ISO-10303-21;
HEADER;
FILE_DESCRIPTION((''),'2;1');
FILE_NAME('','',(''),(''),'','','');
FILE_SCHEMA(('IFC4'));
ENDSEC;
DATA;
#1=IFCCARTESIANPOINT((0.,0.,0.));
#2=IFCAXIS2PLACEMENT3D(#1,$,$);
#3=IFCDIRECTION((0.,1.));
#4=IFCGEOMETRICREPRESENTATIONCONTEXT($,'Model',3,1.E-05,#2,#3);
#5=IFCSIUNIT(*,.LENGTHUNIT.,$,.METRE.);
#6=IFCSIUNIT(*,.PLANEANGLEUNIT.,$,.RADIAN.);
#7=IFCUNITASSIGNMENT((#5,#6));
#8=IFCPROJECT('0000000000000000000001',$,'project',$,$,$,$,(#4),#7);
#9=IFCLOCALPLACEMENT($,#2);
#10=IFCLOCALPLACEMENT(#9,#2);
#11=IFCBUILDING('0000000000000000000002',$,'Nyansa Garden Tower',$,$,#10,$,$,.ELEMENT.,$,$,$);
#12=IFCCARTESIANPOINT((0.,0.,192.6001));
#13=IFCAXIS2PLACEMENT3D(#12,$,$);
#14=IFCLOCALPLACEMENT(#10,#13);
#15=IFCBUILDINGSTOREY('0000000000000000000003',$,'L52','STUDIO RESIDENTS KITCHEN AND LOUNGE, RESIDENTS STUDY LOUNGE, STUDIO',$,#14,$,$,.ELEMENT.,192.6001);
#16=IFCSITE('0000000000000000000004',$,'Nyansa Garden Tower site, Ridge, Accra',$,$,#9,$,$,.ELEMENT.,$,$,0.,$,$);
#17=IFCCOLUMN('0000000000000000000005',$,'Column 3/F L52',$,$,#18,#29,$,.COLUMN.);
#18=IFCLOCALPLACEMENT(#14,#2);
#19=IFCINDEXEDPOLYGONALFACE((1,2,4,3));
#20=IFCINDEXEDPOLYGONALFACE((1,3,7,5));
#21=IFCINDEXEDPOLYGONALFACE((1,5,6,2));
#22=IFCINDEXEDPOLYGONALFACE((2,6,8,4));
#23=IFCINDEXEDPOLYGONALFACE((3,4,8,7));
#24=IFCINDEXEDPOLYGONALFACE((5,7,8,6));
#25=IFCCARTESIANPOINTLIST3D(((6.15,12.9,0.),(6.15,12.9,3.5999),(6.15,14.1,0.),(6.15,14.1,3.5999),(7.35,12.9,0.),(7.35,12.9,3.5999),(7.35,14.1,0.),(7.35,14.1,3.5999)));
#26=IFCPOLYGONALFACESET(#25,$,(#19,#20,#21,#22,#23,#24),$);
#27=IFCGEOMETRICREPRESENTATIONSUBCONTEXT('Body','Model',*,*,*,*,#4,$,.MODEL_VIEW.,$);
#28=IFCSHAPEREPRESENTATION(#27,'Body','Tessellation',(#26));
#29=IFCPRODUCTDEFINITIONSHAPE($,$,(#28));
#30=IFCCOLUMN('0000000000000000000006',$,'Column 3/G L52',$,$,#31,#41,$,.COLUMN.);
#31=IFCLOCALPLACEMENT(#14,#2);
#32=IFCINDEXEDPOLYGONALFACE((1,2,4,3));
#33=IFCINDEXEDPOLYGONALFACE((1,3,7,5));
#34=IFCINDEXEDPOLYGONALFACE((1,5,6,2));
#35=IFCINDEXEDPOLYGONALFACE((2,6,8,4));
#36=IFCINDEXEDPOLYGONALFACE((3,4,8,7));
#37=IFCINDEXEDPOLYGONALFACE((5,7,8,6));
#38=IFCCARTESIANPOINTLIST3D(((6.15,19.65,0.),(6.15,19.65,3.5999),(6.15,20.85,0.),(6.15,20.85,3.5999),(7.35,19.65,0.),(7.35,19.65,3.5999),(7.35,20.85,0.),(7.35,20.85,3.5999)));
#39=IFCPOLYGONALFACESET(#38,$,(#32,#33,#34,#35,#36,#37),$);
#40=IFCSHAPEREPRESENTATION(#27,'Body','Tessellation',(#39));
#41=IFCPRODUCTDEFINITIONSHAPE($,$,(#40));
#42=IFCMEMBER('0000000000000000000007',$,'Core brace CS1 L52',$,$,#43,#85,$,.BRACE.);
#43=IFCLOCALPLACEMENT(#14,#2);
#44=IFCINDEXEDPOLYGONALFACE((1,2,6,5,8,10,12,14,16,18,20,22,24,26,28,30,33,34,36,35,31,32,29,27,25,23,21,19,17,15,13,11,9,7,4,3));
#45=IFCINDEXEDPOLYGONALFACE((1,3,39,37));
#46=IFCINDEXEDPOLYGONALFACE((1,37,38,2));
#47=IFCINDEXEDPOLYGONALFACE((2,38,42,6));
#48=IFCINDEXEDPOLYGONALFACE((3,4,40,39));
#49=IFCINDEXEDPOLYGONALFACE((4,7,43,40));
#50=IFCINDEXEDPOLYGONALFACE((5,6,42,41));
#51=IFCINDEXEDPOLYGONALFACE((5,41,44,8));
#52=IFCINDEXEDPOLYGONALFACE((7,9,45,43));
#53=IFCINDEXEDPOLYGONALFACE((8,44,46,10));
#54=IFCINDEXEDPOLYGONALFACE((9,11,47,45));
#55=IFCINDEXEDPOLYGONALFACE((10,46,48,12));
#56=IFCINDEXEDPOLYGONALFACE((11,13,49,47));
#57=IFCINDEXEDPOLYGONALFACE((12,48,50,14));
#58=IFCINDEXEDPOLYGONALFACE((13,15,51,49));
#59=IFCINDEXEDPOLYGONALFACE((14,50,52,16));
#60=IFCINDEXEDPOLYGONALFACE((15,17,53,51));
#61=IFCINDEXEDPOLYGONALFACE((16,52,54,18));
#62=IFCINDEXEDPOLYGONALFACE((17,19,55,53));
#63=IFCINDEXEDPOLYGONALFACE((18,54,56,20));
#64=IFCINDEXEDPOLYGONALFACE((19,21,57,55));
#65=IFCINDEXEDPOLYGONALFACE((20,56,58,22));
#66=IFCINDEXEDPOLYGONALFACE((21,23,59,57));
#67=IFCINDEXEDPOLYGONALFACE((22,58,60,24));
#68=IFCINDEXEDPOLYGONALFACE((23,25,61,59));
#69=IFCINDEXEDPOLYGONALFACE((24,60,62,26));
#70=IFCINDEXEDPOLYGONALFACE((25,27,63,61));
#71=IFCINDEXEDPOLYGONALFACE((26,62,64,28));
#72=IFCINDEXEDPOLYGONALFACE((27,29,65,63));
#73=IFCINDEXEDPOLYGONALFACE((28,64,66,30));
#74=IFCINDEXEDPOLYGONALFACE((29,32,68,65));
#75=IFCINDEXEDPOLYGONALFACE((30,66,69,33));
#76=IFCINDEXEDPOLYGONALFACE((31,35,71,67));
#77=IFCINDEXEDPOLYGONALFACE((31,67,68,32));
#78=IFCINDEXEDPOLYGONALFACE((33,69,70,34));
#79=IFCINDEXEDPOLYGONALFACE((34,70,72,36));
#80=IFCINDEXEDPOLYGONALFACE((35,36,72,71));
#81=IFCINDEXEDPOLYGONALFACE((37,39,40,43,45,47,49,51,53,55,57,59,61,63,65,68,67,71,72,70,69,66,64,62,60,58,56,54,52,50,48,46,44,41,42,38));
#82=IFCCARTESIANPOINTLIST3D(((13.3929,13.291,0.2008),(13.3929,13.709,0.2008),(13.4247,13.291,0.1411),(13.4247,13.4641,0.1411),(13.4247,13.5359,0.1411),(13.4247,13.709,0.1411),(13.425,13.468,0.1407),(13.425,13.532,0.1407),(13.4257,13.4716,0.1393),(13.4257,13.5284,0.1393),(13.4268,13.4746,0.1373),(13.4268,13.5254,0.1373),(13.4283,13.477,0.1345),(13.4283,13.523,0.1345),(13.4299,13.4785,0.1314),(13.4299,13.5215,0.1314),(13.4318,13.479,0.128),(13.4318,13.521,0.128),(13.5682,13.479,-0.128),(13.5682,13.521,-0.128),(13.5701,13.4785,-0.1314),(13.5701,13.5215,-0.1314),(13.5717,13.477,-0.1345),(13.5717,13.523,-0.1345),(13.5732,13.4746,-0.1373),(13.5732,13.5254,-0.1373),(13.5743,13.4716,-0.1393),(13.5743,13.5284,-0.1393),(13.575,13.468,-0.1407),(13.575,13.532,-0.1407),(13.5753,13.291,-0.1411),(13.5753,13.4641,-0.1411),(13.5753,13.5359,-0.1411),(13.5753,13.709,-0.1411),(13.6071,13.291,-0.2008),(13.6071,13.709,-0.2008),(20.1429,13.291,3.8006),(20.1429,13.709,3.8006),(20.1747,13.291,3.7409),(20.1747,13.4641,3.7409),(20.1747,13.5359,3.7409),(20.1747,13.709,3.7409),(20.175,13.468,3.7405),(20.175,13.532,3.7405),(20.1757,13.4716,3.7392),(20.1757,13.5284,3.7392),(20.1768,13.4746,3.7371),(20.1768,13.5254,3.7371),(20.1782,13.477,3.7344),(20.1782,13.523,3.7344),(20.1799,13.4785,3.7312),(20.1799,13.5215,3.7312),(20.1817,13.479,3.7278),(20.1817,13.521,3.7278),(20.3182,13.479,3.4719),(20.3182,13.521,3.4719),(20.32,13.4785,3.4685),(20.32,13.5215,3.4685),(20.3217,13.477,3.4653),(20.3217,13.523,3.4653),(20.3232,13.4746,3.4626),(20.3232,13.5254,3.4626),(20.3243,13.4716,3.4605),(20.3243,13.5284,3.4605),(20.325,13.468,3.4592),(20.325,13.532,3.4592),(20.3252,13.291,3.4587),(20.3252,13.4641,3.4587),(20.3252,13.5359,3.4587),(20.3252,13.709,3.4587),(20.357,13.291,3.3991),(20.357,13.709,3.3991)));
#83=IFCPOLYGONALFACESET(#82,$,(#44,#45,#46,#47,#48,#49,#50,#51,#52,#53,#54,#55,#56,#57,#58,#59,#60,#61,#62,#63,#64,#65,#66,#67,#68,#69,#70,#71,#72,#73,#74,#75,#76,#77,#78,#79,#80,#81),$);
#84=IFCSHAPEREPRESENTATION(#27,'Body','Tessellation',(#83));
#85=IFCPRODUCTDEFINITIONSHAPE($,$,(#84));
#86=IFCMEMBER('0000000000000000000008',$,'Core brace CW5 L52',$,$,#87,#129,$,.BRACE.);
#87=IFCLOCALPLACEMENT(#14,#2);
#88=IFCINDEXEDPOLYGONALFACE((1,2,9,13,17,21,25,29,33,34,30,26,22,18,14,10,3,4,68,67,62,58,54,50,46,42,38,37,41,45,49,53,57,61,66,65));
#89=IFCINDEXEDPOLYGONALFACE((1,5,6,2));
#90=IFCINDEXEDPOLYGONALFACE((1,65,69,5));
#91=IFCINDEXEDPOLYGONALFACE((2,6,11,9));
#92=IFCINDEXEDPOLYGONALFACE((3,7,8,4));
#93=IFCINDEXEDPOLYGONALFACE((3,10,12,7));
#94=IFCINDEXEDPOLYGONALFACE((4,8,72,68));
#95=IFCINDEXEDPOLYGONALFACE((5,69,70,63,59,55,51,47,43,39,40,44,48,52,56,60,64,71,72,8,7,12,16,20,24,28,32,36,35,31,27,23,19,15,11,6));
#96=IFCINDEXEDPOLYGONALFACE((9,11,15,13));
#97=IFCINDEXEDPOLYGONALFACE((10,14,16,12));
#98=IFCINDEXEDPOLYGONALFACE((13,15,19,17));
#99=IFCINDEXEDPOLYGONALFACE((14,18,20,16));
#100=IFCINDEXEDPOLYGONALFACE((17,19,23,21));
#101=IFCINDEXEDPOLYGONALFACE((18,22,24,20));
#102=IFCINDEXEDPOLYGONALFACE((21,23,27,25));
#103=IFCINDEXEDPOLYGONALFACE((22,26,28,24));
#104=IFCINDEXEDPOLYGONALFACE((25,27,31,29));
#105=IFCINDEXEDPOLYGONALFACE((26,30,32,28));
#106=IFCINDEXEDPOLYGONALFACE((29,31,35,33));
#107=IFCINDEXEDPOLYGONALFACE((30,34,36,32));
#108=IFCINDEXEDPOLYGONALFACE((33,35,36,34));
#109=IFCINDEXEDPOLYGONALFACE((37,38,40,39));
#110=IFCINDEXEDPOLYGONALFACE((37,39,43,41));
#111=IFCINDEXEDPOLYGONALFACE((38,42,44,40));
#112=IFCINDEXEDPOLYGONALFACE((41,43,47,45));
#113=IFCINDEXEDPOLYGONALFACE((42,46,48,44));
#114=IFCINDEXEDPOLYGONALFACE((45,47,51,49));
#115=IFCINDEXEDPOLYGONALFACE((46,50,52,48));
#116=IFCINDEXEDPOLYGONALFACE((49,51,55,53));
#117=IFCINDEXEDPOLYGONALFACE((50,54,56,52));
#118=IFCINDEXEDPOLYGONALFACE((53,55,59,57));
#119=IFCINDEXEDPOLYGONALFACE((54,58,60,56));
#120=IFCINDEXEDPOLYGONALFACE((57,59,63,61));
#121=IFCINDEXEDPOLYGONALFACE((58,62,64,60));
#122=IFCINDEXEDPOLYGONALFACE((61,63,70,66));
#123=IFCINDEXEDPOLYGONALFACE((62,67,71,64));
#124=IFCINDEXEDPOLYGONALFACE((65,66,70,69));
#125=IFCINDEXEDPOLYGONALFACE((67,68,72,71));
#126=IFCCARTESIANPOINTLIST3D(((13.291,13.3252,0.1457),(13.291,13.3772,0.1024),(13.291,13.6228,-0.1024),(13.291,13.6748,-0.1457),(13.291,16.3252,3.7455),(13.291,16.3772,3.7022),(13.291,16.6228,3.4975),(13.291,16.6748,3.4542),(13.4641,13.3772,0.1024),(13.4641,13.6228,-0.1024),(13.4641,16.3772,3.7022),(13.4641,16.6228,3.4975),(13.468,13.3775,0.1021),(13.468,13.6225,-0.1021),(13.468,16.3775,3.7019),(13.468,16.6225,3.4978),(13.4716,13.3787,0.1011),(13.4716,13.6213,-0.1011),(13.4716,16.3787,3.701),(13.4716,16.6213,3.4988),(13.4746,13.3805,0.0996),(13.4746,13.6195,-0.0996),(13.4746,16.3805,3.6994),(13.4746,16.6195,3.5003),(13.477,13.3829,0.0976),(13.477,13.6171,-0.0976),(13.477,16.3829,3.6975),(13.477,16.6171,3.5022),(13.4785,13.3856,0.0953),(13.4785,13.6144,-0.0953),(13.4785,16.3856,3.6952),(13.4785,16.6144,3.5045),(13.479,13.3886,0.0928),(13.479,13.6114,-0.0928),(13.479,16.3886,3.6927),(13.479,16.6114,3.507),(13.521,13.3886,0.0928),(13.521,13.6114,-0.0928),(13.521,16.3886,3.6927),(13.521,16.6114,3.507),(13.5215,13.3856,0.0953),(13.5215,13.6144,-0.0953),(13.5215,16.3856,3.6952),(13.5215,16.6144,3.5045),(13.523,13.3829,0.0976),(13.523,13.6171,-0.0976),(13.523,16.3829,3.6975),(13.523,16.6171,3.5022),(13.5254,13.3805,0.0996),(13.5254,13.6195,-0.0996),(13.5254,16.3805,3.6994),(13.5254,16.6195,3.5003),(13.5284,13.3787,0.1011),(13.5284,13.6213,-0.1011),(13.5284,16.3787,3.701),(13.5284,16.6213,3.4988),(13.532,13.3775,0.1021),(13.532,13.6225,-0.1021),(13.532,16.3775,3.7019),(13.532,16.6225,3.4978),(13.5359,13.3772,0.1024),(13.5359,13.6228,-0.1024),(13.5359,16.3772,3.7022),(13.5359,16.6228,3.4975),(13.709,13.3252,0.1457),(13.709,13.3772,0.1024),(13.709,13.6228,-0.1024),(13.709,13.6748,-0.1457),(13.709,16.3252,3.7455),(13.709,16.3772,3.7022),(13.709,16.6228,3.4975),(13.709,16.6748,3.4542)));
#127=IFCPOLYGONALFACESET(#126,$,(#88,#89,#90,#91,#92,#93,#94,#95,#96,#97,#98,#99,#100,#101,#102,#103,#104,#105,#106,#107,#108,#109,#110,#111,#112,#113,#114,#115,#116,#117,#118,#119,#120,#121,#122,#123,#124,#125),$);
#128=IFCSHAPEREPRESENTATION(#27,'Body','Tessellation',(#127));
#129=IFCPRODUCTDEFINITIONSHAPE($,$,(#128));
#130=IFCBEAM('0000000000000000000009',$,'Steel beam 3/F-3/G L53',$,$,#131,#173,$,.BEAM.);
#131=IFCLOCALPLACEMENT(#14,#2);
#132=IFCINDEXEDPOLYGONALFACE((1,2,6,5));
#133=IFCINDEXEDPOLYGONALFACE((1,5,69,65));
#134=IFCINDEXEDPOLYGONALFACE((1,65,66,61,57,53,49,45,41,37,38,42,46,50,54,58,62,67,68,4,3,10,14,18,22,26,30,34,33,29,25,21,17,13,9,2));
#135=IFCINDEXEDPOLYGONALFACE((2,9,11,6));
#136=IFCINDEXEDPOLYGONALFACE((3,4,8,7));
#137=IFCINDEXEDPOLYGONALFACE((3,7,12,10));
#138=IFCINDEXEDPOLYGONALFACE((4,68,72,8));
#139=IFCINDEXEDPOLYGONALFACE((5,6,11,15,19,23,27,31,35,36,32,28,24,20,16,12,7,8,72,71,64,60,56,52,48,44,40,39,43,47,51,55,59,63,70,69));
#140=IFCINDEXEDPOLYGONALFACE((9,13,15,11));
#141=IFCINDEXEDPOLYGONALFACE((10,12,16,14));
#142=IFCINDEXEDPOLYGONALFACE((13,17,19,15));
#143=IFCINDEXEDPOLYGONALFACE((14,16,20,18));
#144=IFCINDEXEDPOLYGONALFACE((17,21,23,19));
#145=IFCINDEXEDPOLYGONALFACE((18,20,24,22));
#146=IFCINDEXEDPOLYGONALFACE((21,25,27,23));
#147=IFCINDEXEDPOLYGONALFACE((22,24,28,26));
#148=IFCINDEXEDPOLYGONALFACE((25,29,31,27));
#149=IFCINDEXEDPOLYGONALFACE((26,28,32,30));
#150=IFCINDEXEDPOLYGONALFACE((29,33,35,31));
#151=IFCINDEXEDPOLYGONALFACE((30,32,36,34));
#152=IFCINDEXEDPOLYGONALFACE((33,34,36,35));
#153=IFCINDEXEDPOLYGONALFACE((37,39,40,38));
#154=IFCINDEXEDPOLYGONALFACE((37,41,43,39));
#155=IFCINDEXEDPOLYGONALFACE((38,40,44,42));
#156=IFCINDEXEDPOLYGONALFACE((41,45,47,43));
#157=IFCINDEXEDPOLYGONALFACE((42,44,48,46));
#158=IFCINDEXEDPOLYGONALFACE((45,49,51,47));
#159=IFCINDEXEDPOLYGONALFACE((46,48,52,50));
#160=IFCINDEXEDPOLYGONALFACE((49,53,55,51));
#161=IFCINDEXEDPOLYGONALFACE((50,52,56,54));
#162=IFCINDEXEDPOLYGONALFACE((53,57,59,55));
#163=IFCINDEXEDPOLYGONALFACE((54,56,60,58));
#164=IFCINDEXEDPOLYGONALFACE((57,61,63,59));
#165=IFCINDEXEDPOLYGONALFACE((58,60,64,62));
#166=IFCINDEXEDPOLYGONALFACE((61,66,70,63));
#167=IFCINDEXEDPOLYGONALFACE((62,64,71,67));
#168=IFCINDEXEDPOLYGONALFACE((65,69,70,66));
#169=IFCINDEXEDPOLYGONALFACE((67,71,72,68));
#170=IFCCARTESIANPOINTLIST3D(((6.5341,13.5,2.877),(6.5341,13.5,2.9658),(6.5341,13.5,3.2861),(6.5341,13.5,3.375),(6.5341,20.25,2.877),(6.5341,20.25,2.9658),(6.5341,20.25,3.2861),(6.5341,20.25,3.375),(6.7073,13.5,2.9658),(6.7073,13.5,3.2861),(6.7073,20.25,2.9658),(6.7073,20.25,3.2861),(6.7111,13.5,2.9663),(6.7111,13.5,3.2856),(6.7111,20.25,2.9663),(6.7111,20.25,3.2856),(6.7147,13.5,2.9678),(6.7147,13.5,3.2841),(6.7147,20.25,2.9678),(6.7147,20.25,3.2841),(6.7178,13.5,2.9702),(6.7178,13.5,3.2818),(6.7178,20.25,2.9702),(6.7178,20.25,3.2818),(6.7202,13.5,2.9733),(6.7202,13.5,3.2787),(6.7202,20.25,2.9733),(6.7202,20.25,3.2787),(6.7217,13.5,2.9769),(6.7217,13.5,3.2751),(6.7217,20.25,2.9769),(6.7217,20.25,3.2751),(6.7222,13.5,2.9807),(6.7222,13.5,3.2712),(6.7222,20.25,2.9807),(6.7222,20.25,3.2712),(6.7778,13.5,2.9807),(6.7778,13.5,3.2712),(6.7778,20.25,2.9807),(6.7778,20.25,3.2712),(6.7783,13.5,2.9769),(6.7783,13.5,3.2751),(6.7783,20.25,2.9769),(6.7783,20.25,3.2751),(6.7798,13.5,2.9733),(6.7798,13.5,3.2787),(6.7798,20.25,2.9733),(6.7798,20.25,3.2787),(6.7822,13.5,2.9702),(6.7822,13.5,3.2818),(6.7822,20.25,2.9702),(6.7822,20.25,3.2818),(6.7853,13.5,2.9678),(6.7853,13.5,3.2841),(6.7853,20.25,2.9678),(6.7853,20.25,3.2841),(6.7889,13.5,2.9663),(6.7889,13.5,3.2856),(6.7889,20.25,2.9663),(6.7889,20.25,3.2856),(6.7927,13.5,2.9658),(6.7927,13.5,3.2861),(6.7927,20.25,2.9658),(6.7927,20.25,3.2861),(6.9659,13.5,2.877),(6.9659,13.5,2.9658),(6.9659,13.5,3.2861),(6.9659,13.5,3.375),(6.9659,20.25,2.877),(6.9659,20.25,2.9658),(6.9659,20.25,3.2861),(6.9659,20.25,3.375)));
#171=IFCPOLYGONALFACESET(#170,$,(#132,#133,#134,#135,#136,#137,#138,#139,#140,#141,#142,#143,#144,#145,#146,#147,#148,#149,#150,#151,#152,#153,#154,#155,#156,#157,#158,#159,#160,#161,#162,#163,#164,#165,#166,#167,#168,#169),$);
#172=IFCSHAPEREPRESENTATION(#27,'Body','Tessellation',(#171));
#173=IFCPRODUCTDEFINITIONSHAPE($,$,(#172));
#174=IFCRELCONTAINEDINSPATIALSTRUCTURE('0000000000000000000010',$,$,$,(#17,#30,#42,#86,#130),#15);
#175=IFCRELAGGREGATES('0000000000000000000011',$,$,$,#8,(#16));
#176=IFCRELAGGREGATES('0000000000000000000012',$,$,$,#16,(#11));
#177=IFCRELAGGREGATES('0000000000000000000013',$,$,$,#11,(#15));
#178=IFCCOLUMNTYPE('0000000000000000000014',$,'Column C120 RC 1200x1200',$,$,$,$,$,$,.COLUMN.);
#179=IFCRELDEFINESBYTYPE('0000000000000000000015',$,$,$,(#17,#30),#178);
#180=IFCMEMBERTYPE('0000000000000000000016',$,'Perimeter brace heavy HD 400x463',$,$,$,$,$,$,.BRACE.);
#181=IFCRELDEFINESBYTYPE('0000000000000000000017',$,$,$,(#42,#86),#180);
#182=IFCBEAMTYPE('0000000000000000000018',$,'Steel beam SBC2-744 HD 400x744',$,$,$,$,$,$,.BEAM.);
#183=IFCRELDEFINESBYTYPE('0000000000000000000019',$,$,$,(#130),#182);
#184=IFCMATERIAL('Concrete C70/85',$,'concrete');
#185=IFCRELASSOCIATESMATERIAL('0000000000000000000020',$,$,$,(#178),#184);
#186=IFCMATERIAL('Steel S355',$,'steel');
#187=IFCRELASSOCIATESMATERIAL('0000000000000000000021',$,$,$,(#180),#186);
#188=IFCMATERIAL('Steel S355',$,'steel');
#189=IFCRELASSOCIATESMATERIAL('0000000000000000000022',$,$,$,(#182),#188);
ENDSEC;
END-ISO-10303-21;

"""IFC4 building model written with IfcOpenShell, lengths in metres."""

from ifc_helpers import new_model, si_unit, direction, frame, origin, origin_2d, place, context, subcontext, project, spatial, rectangle, i_section, extrude, material, material_profile, profile_set, type_object, element, save


model = new_model("IFC4")

# Units and contexts
model_context = context("Model", 3, precision=1e-05, world=origin(), true_north=direction((0.0, 1.0)))
body_context = subcontext(model_context, "Body", "Model", "MODEL_VIEW")
ifc_project = project(units=[si_unit("LENGTHUNIT", "METRE"), si_unit("PLANEANGLEUNIT", "RADIAN")], contexts=[model_context])

# Site, building, storey
site_placement = place(None, origin())
site = spatial("IfcSite", under=ifc_project, at=site_placement, Name="Nyansa Garden Tower site, Ridge, Accra", CompositionType="ELEMENT", RefElevation=0.0)
building_placement = place(site_placement, origin())
building = spatial("IfcBuilding", under=site, at=building_placement, Name="Nyansa Garden Tower", CompositionType="ELEMENT")
storey_placement = place(building_placement, frame((0.0, 0.0, 192.6001)))
storey = spatial("IfcBuildingStorey", under=building, at=storey_placement, Name="L52", Description="STUDIO RESIDENTS KITCHEN AND LOUNGE, RESIDENTS STUDY LOUNGE, STUDIO", CompositionType="ELEMENT", Elevation=192.6001)

# Columns
ifc_material_1 = material(Name="Concrete C70/85", Category="concrete")
ifc_material_profile_1 = material_profile(ifc_material_1, rectangle(XDim=1.2, YDim=1.2, at=origin_2d()), Name="RC 1200x1200")
ifc_profile_set_1 = profile_set([ifc_material_profile_1], Name="Concrete C70/85")
column_type = type_object("IfcColumnType", Name="Column C120 RC 1200x1200", PredefinedType="COLUMN", material=ifc_profile_set_1)
for number, where, z_axis, x_axis, name in (
    (1, (6.75, 13.5, 0.0), (0.0, 0.0, 1.0), (1.0, 0.0, 0.0), "Column 3/F L52"),
    (2, (6.75, 20.25, 0.0), (0.0, 0.0, 1.0), (1.0, 0.0, 0.0), "Column 3/G L52"),
):
    element("IfcColumn", number, at=place(storey_placement, frame(where, z_axis=z_axis, x_axis=x_axis)), inside=storey, type_object=column_type, Name=name, PredefinedType="COLUMN", context=body_context, shape_type="SweptSolid", body=[
        extrude(rectangle(XDim=1.2, YDim=1.2, at=origin_2d()), origin(), (0.0, 0.0, 1.0), 3.5999),
    ])

# Members
ifc_material_2 = material(Name="Steel S355", Category="steel")
ifc_material_profile_2 = material_profile(ifc_material_2, i_section(OverallWidth=0.418, OverallDepth=0.4551, WebThickness=0.042, FlangeThickness=0.0676, FilletRadius=0.0149, at=origin_2d()), Name="HD 400x463")
ifc_profile_set_2 = profile_set([ifc_material_profile_2], Name="Steel S355")
member_type = type_object("IfcMemberType", Name="Perimeter brace heavy HD 400x463", PredefinedType="BRACE", material=ifc_profile_set_2)
member_1_placement = place(storey_placement, frame((13.5, 13.5, 0.0), z_axis=(0.882361, 0.0, 0.470573), x_axis=(0.0, 1.0, 0.0)))
element("IfcMember", 3, at=member_1_placement, inside=storey, type_object=member_type, Name="Core brace CS1 L52", PredefinedType="BRACE", context=body_context, shape_type="SweptSolid", body=[
    extrude(i_section(OverallWidth=0.418, OverallDepth=0.4551, WebThickness=0.042, FlangeThickness=0.0676, FilletRadius=0.0149, at=origin_2d()), origin(), (0.0, 0.0, 1.0), 7.6499),
])
member_2_placement = place(storey_placement, frame((13.5, 13.5, 0.0), z_axis=(0.0, 0.6402, 0.768208), x_axis=(-1.0, 0.0, 0.0)))
element("IfcMember", 4, at=member_2_placement, inside=storey, type_object=member_type, Name="Core brace CW5 L52", PredefinedType="BRACE", context=body_context, shape_type="SweptSolid", body=[
    extrude(i_section(OverallWidth=0.418, OverallDepth=0.4551, WebThickness=0.042, FlangeThickness=0.0676, FilletRadius=0.0149, at=origin_2d()), origin(), (0.0, 0.0, 1.0), 4.686),
])

# Beam
ifc_material_3 = material(Name="Steel S355", Category="steel")
ifc_material_profile_3 = material_profile(ifc_material_3, i_section(OverallWidth=0.4319, OverallDepth=0.498, WebThickness=0.0557, FlangeThickness=0.0889, FilletRadius=0.0149, at=origin_2d()), Name="HD 400x744")
ifc_profile_set_3 = profile_set([ifc_material_profile_3], Name="Steel S355")
beam_type_1 = type_object("IfcBeamType", Name="Steel beam SBC2-744 HD 400x744", PredefinedType="BEAM", material=ifc_profile_set_3)
for number, where, z_axis, x_axis, name in (
    (5, (6.75, 13.5, 3.126), (0.0, 1.0, 0.0), (-1.0, 0.0, 0.0), "Steel beam 3/F-3/G L53"),
):
    element("IfcBeam", number, at=place(storey_placement, frame(where, z_axis=z_axis, x_axis=x_axis)), inside=storey, type_object=beam_type_1, Name=name, PredefinedType="BEAM", context=body_context, shape_type="SweptSolid", body=[
        extrude(i_section(OverallWidth=0.4319, OverallDepth=0.498, WebThickness=0.0557, FlangeThickness=0.0889, FilletRadius=0.0149, at=origin_2d()), origin(), (0.0, 0.0, 1.0), 6.75),
    ])

save(model, "model.ifc")
